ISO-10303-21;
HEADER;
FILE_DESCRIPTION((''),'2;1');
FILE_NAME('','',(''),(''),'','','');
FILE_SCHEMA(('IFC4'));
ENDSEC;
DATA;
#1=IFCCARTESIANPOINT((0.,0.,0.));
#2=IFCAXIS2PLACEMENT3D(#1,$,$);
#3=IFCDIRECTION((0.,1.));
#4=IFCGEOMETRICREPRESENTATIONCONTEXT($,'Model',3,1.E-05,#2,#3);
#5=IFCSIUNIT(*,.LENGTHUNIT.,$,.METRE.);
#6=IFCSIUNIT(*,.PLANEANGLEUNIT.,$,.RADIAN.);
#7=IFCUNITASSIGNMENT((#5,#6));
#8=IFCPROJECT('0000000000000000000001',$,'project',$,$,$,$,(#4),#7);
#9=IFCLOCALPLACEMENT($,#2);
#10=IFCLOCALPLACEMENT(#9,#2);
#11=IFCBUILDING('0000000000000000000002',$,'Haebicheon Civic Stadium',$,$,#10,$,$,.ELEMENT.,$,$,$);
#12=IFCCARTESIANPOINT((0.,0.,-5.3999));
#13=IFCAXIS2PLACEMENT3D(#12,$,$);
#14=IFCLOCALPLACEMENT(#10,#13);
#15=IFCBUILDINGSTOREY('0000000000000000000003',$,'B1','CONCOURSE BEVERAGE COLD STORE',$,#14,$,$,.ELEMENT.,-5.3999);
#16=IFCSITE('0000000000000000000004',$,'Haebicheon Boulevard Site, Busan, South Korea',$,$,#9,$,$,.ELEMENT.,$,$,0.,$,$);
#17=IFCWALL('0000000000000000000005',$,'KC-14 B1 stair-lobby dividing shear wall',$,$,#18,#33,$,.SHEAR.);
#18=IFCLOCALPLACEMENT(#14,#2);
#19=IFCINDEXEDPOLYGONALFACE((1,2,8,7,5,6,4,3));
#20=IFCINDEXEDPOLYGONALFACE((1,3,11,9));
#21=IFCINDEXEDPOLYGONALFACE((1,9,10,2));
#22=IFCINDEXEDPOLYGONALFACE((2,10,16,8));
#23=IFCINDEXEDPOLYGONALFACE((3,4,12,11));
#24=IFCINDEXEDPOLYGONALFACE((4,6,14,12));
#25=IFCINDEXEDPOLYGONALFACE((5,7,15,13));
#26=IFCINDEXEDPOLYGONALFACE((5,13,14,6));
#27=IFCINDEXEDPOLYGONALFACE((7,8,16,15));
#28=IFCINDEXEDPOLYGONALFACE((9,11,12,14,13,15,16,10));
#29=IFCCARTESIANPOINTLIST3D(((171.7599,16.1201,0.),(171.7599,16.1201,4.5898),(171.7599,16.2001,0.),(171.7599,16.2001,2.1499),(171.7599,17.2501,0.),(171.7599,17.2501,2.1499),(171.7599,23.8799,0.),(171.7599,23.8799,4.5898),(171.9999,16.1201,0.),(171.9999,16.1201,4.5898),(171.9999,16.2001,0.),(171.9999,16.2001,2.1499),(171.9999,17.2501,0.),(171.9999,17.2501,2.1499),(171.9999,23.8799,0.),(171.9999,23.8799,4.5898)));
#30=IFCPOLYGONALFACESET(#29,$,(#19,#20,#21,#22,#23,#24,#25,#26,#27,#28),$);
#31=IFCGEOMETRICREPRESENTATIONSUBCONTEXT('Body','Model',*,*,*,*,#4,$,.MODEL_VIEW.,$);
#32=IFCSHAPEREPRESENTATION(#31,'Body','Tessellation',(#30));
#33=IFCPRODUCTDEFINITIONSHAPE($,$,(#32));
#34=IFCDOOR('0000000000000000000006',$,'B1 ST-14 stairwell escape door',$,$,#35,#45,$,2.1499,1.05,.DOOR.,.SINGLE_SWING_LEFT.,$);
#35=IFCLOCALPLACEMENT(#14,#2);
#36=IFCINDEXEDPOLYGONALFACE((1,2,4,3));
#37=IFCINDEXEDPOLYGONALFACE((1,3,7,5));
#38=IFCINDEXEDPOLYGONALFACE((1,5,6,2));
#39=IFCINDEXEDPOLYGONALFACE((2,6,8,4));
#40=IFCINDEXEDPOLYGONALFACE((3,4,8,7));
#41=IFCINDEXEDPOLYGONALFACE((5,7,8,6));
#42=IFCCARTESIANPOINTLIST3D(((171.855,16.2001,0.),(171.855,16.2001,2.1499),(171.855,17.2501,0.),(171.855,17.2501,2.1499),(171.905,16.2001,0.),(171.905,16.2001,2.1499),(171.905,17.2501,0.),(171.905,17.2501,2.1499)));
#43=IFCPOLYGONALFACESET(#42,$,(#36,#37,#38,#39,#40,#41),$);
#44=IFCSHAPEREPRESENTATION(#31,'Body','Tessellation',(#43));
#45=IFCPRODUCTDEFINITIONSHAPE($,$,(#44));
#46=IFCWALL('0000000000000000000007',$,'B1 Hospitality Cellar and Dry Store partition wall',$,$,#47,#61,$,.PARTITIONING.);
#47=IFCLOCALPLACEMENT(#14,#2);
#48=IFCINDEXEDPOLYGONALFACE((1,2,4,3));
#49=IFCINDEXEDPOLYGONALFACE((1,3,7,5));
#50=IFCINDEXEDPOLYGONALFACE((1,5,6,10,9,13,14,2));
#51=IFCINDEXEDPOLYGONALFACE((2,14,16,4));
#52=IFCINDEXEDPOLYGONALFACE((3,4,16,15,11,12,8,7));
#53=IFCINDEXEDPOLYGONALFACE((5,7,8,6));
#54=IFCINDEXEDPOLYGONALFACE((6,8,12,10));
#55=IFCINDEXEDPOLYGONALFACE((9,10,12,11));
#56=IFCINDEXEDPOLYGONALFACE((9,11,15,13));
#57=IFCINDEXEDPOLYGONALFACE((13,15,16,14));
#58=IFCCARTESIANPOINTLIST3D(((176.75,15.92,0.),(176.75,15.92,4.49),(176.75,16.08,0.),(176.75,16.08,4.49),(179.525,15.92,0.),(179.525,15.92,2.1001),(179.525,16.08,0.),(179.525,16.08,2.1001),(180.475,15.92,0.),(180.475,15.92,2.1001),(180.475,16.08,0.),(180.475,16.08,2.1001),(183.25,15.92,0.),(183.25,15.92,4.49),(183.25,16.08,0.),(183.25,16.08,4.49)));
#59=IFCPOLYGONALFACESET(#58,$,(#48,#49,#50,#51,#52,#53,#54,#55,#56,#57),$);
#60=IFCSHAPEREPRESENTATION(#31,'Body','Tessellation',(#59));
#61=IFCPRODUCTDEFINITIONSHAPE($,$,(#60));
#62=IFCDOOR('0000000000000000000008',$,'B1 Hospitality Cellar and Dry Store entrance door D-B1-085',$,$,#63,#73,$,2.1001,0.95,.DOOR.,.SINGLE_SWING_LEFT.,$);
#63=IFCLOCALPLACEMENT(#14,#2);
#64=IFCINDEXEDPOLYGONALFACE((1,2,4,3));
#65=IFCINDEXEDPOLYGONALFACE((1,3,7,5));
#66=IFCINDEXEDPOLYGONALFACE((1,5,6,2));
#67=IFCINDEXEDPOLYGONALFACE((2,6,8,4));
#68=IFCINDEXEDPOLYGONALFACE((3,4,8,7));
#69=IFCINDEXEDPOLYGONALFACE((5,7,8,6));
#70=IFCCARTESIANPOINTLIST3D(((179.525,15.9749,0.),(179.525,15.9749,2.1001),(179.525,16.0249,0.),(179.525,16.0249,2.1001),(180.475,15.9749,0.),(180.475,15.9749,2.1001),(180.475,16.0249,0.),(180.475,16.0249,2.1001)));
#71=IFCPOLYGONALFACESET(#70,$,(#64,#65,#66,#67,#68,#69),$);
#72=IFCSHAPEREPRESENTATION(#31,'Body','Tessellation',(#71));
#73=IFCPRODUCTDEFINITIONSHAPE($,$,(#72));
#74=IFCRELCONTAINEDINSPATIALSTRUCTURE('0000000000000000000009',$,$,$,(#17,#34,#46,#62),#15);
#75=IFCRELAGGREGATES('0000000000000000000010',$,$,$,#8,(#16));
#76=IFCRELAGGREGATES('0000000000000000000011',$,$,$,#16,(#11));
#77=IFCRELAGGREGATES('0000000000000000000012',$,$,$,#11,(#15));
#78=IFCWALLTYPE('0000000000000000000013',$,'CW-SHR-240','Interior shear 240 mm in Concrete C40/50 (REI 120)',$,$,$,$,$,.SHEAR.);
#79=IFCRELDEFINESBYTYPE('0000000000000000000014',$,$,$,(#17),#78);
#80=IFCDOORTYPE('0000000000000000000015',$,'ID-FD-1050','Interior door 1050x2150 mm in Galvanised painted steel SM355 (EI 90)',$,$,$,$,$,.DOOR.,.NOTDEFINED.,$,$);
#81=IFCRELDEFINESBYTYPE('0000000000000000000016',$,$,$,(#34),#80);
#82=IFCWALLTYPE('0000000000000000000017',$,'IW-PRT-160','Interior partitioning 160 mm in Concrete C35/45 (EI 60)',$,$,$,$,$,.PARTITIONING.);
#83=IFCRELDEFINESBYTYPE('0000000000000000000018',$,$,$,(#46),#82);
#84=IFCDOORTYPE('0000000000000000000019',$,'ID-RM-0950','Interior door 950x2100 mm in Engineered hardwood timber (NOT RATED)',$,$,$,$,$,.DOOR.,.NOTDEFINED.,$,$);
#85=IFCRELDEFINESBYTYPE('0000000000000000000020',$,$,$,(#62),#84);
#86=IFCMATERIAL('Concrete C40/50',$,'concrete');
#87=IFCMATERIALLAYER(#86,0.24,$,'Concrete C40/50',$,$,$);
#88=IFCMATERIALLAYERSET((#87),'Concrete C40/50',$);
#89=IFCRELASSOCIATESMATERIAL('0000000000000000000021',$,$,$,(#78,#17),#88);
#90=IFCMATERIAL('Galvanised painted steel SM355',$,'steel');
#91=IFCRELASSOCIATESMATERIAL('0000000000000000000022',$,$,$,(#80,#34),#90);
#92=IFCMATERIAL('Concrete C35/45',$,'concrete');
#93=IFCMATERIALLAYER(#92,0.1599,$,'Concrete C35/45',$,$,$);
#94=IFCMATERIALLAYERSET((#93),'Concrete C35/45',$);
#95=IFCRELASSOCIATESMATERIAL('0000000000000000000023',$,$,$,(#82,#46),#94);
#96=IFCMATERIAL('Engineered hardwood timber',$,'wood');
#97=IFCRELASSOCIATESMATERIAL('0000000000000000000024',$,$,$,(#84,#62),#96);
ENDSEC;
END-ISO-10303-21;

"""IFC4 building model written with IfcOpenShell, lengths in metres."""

from ifc_helpers import new_model, si_unit, direction, frame, frame_2d, origin, place, context, subcontext, project, spatial, rectangle, extrude, material, layer, layer_set, type_object, element, fill, save


model = new_model("IFC4")

# Units and contexts
model_context = context("Model", 3, precision=1e-05, world=origin(), true_north=direction((0.0, 1.0)))
body_context = subcontext(model_context, "Body", "Model", "MODEL_VIEW")
ifc_project = project(units=[si_unit("LENGTHUNIT", "METRE"), si_unit("PLANEANGLEUNIT", "RADIAN")], contexts=[model_context])

# Site, building, storey
site_placement = place(None, origin())
site = spatial("IfcSite", under=ifc_project, at=site_placement, Name="Haebicheon Boulevard Site, Busan, South Korea", CompositionType="ELEMENT", RefElevation=0.0)
building_placement = place(site_placement, origin())
building = spatial("IfcBuilding", under=site, at=building_placement, Name="Haebicheon Civic Stadium", CompositionType="ELEMENT")
storey_placement = place(building_placement, frame((0.0, 0.0, -5.3999)))
storey = spatial("IfcBuildingStorey", under=building, at=storey_placement, Name="B1", Description="CONCOURSE BEVERAGE COLD STORE", CompositionType="ELEMENT", Elevation=-5.3999)

# Shared definitions
ifc_material_1 = material(Name="Concrete C40/50", Category="concrete")
ifc_layer_1 = layer(ifc_material_1, 0.24, Name="Concrete C40/50")
ifc_layer_set_1 = layer_set([ifc_layer_1], Name="Concrete C40/50")
wall_type_1 = type_object("IfcWallType", Name="CW-SHR-240", Description="Interior shear 240 mm in Concrete C40/50 (REI 120)", PredefinedType="SHEAR", material=ifc_layer_set_1)

# Walls, openings, doors
wall_1_placement = place(storey_placement, frame((171.8799, 16.1201, 0.0), z_axis=(0.0, 0.0, 1.0), x_axis=(0.0, 1.0, 0.0)))
wall_1 = element("IfcWall", 1, at=wall_1_placement, inside=storey, type_object=wall_type_1, material=ifc_layer_set_1, Name="KC-14 B1 stair-lobby dividing shear wall", PredefinedType="SHEAR", context=body_context, shape_type="SweptSolid", body=[
    extrude(rectangle(XDim=7.7598, YDim=0.24, at=frame_2d((3.8799, 0.0))), origin(), (0.0, 0.0, 1.0), 4.5898),
])
opening_1_placement = place(wall_1_placement, frame((0.0801, 0.0, 0.0)))
opening_1 = element("IfcOpeningElement", 2, at=opening_1_placement, cuts=wall_1, PredefinedType="OPENING", context=body_context, shape_type="SweptSolid", body=[
    extrude(rectangle(XDim=1.05, YDim=2.1499, at=frame_2d((0.5249, 1.075))), frame((0.0, 0.1299, 0.0), z_axis=(0.0, -1.0, 0.0), x_axis=(1.0, 0.0, 0.0)), (0.0, 0.0, 1.0), 0.26),
])
ifc_material_2 = material(Name="Galvanised painted steel SM355", Category="steel")
door_type_1 = type_object("IfcDoorType", Name="ID-FD-1050", Description="Interior door 1050x2150 mm in Galvanised painted steel SM355 (EI 90)", OperationType="NOTDEFINED", PredefinedType="DOOR", material=ifc_material_2)
door_1_placement = place(opening_1_placement, origin())
door_1 = element("IfcDoor", 3, at=door_1_placement, inside=storey, type_object=door_type_1, material=ifc_material_2, Name="B1 ST-14 stairwell escape door", OperationType="SINGLE_SWING_LEFT", OverallHeight=2.1499, OverallWidth=1.05, PredefinedType="DOOR", context=body_context, shape_type="SweptSolid", body=[
    extrude(rectangle(XDim=1.05, YDim=2.1499, at=frame_2d((0.5249, 1.075))), frame((0.0, 0.0249, 0.0), z_axis=(0.0, -1.0, 0.0), x_axis=(1.0, 0.0, 0.0)), (0.0, 0.0, 1.0), 0.05),
])
fill(opening_1, door_1)
ifc_material_3 = material(Name="Concrete C35/45", Category="concrete")
ifc_layer_2 = layer(ifc_material_3, 0.1599, Name="Concrete C35/45")
ifc_layer_set_2 = layer_set([ifc_layer_2], Name="Concrete C35/45")
wall_type_2 = type_object("IfcWallType", Name="IW-PRT-160", Description="Interior partitioning 160 mm in Concrete C35/45 (EI 60)", PredefinedType="PARTITIONING", material=ifc_layer_set_2)
wall_2_placement = place(storey_placement, frame((176.75, 16.0, 0.0), z_axis=(0.0, 0.0, 1.0), x_axis=(1.0, 0.0, 0.0)))
wall_2 = element("IfcWall", 4, at=wall_2_placement, inside=storey, type_object=wall_type_2, material=ifc_layer_set_2, Name="B1 Hospitality Cellar and Dry Store partition wall", PredefinedType="PARTITIONING", context=body_context, shape_type="SweptSolid", body=[
    extrude(rectangle(XDim=6.5, YDim=0.1599, at=frame_2d((3.25, 0.0))), origin(), (0.0, 0.0, 1.0), 4.49),
])
opening_2_placement = place(wall_2_placement, frame((2.7749, 0.0, 0.0)))
opening_2 = element("IfcOpeningElement", 5, at=opening_2_placement, cuts=wall_2, PredefinedType="OPENING", context=body_context, shape_type="SweptSolid", body=[
    extrude(rectangle(XDim=0.95, YDim=2.1001, at=frame_2d((0.4751, 1.05))), frame((0.0, 0.0898, 0.0), z_axis=(0.0, -1.0, 0.0), x_axis=(1.0, 0.0, 0.0)), (0.0, 0.0, 1.0), 0.1799),
])
ifc_material_4 = material(Name="Engineered hardwood timber", Category="wood")
door_type_2 = type_object("IfcDoorType", Name="ID-RM-0950", Description="Interior door 950x2100 mm in Engineered hardwood timber (NOT RATED)", OperationType="NOTDEFINED", PredefinedType="DOOR", material=ifc_material_4)
door_2_placement = place(opening_2_placement, origin())
door_2 = element("IfcDoor", 6, at=door_2_placement, inside=storey, type_object=door_type_2, material=ifc_material_4, Name="B1 Hospitality Cellar and Dry Store entrance door D-B1-085", OperationType="SINGLE_SWING_LEFT", OverallHeight=2.1001, OverallWidth=0.95, PredefinedType="DOOR", context=body_context, shape_type="SweptSolid", body=[
    extrude(rectangle(XDim=0.95, YDim=2.1001, at=frame_2d((0.4751, 1.05))), frame((0.0, 0.0249, 0.0), z_axis=(0.0, -1.0, 0.0), x_axis=(1.0, 0.0, 0.0)), (0.0, 0.0, 1.0), 0.05),
])
fill(opening_2, door_2)

save(model, "model.ifc")
